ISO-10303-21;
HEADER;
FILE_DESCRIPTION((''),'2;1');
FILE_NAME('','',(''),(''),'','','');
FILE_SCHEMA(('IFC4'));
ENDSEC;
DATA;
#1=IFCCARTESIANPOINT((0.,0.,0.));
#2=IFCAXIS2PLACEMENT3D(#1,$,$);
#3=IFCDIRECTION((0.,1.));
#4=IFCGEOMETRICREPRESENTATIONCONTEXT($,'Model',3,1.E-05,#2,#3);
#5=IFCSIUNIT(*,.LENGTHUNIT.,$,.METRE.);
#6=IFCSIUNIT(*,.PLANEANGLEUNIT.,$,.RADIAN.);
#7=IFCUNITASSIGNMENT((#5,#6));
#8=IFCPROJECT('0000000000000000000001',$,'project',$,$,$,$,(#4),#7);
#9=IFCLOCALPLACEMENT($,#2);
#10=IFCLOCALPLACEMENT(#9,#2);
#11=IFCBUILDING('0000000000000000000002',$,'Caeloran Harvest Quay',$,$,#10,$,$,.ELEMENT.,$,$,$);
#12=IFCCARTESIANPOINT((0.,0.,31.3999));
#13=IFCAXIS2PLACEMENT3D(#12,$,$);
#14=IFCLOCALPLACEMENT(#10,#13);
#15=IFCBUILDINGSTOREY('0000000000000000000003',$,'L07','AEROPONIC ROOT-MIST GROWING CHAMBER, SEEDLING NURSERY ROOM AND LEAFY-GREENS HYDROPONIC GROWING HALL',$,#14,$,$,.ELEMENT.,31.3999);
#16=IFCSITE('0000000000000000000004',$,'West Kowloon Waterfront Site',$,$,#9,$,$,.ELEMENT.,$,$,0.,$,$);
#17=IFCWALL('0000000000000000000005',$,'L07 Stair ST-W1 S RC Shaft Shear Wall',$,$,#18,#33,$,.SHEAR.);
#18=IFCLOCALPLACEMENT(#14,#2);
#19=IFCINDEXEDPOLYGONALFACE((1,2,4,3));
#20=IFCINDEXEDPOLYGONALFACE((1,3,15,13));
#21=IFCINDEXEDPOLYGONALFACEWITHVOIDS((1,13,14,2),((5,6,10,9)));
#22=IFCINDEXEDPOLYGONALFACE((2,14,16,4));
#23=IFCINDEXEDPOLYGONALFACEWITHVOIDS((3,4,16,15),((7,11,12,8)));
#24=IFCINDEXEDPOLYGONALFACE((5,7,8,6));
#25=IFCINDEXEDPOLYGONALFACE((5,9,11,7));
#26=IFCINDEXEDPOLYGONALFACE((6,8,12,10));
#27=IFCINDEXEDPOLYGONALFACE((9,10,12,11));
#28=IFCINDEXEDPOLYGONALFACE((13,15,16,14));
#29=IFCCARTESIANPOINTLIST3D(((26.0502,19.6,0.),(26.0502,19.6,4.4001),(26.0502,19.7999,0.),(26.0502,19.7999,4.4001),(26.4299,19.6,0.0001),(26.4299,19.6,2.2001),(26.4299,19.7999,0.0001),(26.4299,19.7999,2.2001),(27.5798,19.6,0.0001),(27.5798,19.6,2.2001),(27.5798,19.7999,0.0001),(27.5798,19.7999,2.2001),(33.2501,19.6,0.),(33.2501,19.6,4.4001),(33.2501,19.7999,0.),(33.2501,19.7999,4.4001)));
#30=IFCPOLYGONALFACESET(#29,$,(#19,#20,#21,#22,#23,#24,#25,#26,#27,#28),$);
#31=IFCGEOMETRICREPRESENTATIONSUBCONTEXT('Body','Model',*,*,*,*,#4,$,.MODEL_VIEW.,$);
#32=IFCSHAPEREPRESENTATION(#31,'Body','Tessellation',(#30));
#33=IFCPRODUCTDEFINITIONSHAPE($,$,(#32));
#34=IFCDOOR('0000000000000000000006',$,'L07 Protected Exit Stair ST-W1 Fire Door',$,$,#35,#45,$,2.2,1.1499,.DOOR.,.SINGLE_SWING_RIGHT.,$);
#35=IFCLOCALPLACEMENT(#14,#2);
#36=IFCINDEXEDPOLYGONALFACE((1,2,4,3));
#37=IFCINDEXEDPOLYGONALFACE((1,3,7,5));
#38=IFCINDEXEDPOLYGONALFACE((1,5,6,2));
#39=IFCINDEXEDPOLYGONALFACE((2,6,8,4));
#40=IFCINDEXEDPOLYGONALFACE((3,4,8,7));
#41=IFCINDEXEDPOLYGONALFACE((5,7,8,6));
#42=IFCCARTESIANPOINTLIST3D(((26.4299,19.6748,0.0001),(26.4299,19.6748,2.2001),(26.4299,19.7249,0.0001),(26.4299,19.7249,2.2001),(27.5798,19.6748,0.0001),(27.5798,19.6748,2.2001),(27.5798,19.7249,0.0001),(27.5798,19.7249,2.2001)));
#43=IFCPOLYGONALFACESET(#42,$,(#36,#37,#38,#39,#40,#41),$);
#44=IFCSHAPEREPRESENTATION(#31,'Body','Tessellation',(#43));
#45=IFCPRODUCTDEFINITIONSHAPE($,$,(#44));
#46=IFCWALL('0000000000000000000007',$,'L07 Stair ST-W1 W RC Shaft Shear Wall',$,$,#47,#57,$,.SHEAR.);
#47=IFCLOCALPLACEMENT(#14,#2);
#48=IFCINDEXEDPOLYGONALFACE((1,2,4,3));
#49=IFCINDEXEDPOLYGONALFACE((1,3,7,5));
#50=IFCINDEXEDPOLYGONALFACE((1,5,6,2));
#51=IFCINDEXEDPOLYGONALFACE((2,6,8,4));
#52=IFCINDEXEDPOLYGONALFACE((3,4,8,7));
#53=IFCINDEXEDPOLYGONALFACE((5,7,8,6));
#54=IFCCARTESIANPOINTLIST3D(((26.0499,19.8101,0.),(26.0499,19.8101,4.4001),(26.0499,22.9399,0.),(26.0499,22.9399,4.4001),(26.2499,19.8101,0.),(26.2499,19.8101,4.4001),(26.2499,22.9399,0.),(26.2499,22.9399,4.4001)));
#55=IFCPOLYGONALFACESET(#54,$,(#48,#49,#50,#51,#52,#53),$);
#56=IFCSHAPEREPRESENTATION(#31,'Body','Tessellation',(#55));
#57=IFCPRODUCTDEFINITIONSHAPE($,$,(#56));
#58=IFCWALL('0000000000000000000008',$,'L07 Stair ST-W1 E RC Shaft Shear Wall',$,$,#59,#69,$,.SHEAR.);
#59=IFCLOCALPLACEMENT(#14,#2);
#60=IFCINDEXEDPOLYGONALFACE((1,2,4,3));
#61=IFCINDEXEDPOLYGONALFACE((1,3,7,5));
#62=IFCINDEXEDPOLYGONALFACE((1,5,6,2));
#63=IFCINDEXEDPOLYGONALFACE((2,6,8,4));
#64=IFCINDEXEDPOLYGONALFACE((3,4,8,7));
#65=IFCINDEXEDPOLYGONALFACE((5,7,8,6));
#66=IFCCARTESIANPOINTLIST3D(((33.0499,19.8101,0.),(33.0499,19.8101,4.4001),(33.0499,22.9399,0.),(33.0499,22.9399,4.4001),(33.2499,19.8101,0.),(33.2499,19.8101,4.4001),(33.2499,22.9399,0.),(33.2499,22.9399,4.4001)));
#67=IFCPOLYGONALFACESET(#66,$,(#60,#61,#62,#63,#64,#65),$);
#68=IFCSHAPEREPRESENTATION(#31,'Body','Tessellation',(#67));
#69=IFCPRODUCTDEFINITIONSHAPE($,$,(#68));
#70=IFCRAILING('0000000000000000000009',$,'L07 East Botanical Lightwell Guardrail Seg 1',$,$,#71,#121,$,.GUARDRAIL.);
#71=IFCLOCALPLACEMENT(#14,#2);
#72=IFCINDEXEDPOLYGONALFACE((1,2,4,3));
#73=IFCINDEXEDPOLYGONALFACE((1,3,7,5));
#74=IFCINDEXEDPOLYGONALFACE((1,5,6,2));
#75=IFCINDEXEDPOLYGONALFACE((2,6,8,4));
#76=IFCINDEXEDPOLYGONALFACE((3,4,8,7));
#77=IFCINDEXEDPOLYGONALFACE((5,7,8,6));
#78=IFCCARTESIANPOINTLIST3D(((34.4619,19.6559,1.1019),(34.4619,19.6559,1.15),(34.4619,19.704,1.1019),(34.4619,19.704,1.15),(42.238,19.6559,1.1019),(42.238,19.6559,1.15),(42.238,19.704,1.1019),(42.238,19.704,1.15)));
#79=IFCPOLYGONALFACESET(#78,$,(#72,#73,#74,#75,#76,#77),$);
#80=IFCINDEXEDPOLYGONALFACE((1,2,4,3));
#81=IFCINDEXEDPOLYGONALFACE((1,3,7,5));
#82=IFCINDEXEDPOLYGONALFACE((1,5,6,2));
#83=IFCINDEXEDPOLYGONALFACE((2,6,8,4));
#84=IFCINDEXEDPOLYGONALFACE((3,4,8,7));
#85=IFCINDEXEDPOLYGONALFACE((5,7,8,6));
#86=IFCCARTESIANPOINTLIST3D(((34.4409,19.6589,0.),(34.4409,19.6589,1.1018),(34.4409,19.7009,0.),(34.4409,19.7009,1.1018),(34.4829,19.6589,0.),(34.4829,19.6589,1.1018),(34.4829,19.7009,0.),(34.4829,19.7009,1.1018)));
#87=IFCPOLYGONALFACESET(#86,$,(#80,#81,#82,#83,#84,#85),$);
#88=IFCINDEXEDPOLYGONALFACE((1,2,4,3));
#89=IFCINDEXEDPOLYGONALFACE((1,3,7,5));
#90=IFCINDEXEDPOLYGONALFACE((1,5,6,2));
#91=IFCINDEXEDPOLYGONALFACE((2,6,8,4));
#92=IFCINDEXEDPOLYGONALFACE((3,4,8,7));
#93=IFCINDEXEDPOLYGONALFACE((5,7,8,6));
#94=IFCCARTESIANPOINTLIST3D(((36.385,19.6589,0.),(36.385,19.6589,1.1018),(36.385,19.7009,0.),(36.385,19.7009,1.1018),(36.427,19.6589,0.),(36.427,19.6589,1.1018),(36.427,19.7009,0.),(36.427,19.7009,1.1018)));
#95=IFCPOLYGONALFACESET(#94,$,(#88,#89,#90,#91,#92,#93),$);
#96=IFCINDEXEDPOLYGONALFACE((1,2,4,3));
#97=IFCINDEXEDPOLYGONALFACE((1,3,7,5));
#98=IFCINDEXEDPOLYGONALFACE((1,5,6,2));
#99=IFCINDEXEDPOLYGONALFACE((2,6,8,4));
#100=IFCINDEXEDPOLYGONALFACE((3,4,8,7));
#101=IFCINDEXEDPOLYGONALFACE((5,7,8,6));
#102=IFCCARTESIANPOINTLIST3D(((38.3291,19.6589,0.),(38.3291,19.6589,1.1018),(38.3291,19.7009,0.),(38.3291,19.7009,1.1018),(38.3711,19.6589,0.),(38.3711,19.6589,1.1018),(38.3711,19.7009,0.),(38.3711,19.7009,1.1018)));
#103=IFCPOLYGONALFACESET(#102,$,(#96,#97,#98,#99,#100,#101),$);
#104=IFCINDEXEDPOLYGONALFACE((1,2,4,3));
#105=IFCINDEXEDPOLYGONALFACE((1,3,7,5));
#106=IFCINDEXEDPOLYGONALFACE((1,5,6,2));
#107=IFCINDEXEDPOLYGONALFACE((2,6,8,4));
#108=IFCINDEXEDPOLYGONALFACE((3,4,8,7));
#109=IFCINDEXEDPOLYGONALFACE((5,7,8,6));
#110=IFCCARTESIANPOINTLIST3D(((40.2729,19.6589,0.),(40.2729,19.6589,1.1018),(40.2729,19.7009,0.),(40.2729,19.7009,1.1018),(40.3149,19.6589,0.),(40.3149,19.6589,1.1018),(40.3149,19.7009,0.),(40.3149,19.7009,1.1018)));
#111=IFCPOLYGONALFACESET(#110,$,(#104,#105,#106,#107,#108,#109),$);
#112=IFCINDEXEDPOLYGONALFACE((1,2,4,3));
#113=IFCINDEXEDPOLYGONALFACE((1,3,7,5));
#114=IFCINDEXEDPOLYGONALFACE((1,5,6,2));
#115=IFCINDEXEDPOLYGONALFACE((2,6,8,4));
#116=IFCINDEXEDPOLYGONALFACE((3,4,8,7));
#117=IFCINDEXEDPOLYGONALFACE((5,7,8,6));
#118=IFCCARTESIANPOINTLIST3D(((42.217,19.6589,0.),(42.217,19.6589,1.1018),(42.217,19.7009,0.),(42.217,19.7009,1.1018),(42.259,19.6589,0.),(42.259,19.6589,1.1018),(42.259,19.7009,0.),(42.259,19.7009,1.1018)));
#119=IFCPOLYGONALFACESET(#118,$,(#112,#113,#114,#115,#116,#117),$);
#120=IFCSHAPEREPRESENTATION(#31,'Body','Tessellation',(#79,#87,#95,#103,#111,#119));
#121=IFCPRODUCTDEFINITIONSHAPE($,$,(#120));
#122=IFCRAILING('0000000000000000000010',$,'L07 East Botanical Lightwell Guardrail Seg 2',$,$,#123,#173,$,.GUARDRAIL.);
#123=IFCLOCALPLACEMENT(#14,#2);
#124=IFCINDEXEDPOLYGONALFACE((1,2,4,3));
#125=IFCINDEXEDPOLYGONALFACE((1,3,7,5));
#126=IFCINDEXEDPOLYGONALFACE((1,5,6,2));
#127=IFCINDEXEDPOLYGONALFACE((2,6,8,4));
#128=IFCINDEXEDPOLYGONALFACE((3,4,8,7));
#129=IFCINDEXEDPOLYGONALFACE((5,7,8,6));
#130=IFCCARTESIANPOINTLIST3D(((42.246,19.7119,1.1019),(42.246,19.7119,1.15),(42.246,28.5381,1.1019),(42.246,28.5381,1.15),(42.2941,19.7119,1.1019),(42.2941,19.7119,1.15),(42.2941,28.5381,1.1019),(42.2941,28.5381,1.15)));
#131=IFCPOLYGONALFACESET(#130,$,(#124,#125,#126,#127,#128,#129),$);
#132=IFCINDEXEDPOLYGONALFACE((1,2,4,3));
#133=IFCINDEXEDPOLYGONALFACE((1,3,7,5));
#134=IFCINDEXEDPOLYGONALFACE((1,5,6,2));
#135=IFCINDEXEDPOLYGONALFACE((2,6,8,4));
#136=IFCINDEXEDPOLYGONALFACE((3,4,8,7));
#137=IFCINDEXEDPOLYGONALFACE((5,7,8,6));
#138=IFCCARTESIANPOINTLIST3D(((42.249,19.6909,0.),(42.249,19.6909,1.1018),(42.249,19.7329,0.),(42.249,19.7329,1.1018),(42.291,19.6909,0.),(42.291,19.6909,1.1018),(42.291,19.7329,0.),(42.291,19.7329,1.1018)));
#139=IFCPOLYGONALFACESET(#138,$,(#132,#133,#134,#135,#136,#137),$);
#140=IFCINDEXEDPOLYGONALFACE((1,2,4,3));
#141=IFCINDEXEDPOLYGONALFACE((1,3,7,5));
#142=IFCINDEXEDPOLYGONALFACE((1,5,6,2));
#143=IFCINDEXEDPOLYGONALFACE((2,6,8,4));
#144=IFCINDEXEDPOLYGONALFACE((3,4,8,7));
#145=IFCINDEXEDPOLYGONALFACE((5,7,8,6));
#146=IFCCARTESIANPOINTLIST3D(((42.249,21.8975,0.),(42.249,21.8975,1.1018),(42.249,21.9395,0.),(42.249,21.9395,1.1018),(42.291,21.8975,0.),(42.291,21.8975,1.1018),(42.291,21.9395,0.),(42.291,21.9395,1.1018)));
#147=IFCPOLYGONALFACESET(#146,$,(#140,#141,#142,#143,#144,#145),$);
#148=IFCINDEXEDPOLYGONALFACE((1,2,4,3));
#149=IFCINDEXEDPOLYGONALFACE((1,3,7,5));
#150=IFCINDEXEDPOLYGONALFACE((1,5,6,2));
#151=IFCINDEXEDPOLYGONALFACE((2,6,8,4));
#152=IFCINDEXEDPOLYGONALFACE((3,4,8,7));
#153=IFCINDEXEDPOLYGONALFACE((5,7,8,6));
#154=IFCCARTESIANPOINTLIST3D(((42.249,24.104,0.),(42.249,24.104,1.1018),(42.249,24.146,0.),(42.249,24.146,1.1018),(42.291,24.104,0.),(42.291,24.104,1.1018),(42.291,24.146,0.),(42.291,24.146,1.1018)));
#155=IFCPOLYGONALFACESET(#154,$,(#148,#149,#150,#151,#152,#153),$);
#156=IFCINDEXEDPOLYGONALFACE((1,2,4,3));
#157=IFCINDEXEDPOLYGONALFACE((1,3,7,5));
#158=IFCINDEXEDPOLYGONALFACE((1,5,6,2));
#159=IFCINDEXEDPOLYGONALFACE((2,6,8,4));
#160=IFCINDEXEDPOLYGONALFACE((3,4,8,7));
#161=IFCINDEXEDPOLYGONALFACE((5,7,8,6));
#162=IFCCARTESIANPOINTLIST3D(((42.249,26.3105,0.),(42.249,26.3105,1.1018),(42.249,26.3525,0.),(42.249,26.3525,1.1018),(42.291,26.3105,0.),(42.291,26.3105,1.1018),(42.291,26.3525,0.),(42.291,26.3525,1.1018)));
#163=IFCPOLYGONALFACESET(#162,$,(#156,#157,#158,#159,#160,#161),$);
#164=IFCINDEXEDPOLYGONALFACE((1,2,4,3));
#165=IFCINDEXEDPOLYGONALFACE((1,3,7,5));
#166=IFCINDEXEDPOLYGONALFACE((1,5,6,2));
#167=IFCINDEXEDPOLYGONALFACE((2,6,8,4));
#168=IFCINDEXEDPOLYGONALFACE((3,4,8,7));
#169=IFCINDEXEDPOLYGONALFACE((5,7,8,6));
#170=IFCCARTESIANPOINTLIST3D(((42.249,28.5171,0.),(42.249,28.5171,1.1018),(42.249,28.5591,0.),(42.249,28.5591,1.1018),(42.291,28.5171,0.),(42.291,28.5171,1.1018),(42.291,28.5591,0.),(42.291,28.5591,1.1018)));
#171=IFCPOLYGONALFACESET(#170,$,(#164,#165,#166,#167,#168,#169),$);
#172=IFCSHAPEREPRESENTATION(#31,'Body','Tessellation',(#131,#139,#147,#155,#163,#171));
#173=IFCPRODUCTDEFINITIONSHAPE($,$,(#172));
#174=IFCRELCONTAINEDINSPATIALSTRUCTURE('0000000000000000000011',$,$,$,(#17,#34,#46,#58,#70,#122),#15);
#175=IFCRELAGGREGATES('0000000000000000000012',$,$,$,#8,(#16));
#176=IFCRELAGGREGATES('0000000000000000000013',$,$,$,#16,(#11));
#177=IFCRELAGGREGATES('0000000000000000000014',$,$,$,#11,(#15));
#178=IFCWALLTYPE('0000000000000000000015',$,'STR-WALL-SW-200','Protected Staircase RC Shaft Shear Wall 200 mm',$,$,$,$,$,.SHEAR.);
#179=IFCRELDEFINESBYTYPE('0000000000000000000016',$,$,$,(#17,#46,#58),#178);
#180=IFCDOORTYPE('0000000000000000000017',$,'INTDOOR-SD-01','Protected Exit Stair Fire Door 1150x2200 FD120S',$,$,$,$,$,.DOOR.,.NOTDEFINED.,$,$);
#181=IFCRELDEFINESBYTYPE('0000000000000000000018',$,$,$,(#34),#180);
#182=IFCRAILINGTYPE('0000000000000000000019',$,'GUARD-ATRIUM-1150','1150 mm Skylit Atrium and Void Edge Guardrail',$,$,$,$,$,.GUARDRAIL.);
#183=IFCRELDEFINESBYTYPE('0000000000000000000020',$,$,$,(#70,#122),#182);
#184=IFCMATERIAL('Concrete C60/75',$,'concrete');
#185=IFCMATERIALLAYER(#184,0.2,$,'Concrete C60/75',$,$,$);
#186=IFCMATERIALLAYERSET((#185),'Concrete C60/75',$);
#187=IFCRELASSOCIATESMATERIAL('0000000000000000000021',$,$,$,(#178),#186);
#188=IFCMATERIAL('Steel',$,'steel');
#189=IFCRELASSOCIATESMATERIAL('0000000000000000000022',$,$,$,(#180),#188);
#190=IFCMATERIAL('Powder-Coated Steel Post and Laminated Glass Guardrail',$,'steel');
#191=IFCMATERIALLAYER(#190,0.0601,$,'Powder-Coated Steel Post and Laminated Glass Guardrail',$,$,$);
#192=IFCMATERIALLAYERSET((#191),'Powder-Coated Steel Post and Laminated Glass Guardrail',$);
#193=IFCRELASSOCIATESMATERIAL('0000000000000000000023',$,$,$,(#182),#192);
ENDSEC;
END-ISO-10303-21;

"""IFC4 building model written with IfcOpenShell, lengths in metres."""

from ifc_helpers import new_model, si_unit, direction, frame, frame_2d, origin, origin_2d, place, context, subcontext, project, spatial, rectangle, extrude, material, layer, layer_set, type_object, element, fill, save


model = new_model("IFC4")

# Units and contexts
model_context = context("Model", 3, precision=1e-05, world=origin(), true_north=direction((0.0, 1.0)))
body_context = subcontext(model_context, "Body", "Model", "MODEL_VIEW")
ifc_project = project(units=[si_unit("LENGTHUNIT", "METRE"), si_unit("PLANEANGLEUNIT", "RADIAN")], contexts=[model_context])

# Site, building, storey
site_placement = place(None, origin())
site = spatial("IfcSite", under=ifc_project, at=site_placement, Name="West Kowloon Waterfront Site", CompositionType="ELEMENT", RefElevation=0.0)
building_placement = place(site_placement, origin())
building = spatial("IfcBuilding", under=site, at=building_placement, Name="Caeloran Harvest Quay", CompositionType="ELEMENT")
storey_placement = place(building_placement, frame((0.0, 0.0, 31.3999)))
storey = spatial("IfcBuildingStorey", under=building, at=storey_placement, Name="L07", Description="AEROPONIC ROOT-MIST GROWING CHAMBER, SEEDLING NURSERY ROOM AND LEAFY-GREENS HYDROPONIC GROWING HALL", CompositionType="ELEMENT", Elevation=31.3999)

# Wall, opening, door
ifc_material_1 = material(Name="Concrete C60/75", Category="concrete")
ifc_layer_1 = layer(ifc_material_1, 0.2, Name="Concrete C60/75")
ifc_layer_set_1 = layer_set([ifc_layer_1], Name="Concrete C60/75")
wall_type_1 = type_object("IfcWallType", Name="STR-WALL-SW-200", Description="Protected Staircase RC Shaft Shear Wall 200 mm", PredefinedType="SHEAR", material=ifc_layer_set_1)
wall_1_placement = place(storey_placement, frame((26.05, 19.7, 0.0), z_axis=(0.0, 0.0, 1.0), x_axis=(1.0, 0.0, 0.0)))
wall_1 = element("IfcWall", 1, at=wall_1_placement, inside=storey, type_object=wall_type_1, Name="L07 Stair ST-W1 S RC Shaft Shear Wall", PredefinedType="SHEAR", context=body_context, shape_type="SweptSolid", body=[
    extrude(rectangle(XDim=7.2, YDim=0.2, at=frame_2d((3.6001, 0.0))), origin(), (0.0, 0.0, 1.0), 4.4001),
])
opening_1_placement = place(wall_1_placement, frame((0.3799, 0.0, 0.0)))
opening_1 = element("IfcOpeningElement", 2, at=opening_1_placement, cuts=wall_1, PredefinedType="OPENING", context=body_context, shape_type="SweptSolid", body=[
    extrude(rectangle(XDim=1.1499, YDim=2.2, at=frame_2d((0.575, 1.1001))), frame((0.0, 0.1099, 0.0), z_axis=(0.0, -1.0, 0.0), x_axis=(1.0, 0.0, 0.0)), (0.0, 0.0, 1.0), 0.22),
])
ifc_material_2 = material(Name="Steel", Category="steel")
door_type_1 = type_object("IfcDoorType", Name="INTDOOR-SD-01", Description="Protected Exit Stair Fire Door 1150x2200 FD120S", OperationType="NOTDEFINED", PredefinedType="DOOR", material=ifc_material_2)
door_1_placement = place(opening_1_placement, origin())
door_1 = element("IfcDoor", 3, at=door_1_placement, inside=storey, type_object=door_type_1, Name="L07 Protected Exit Stair ST-W1 Fire Door", OperationType="SINGLE_SWING_RIGHT", OverallHeight=2.2, OverallWidth=1.1499, PredefinedType="DOOR", context=body_context, shape_type="SweptSolid", body=[
    extrude(rectangle(XDim=1.1499, YDim=2.2, at=frame_2d((0.575, 1.1001))), frame((0.0, 0.0249, 0.0), z_axis=(0.0, -1.0, 0.0), x_axis=(1.0, 0.0, 0.0)), (0.0, 0.0, 1.0), 0.05),
])
fill(opening_1, door_1)

# Walls
for number, where, z_axis, x_axis, name in (
    (4, (26.1499, 19.8101, 0.0), (0.0, 0.0, 1.0), (0.0, 1.0, 0.0), "L07 Stair ST-W1 W RC Shaft Shear Wall"),
    (5, (33.1499, 19.8101, 0.0), (0.0, 0.0, 1.0), (0.0, 1.0, 0.0), "L07 Stair ST-W1 E RC Shaft Shear Wall"),
):
    element("IfcWall", number, at=place(storey_placement, frame(where, z_axis=z_axis, x_axis=x_axis)), inside=storey, type_object=wall_type_1, Name=name, PredefinedType="SHEAR", context=body_context, shape_type="SweptSolid", body=[
        extrude(rectangle(XDim=3.1299, YDim=0.2, at=frame_2d((1.5649, 0.0))), origin(), (0.0, 0.0, 1.0), 4.4001),
    ])

# Railings
ifc_material_3 = material(Name="Powder-Coated Steel Post and Laminated Glass Guardrail", Category="steel")
ifc_layer_2 = layer(ifc_material_3, 0.0601, Name="Powder-Coated Steel Post and Laminated Glass Guardrail")
ifc_layer_set_2 = layer_set([ifc_layer_2], Name="Powder-Coated Steel Post and Laminated Glass Guardrail")
railing_type = type_object("IfcRailingType", Name="GUARD-ATRIUM-1150", Description="1150 mm Skylit Atrium and Void Edge Guardrail", PredefinedType="GUARDRAIL", material=ifc_layer_set_2)
railing_1_placement = place(storey_placement, frame((34.4619, 19.6799, 0.0)))
element("IfcRailing", 6, at=railing_1_placement, inside=storey, type_object=railing_type, Name="L07 East Botanical Lightwell Guardrail Seg 1", PredefinedType="GUARDRAIL", context=body_context, shape_type="SweptSolid", body=[
    extrude(rectangle(XDim=0.0481, YDim=0.0481, at=origin_2d()), frame((0.0, 0.0, 1.126), z_axis=(1.0, 0.0, 0.0), x_axis=(0.0, 1.0, 0.0)), (0.0, 0.0, 1.0), 7.7761),
    extrude(rectangle(XDim=0.042, YDim=0.042, at=origin_2d()), origin(), (0.0, 0.0, 1.0), 1.1018),
    extrude(rectangle(XDim=0.042, YDim=0.042, at=origin_2d()), frame((1.9441, 0.0, 0.0)), (0.0, 0.0, 1.0), 1.1018),
    extrude(rectangle(XDim=0.042, YDim=0.042, at=origin_2d()), frame((3.8882, 0.0, 0.0)), (0.0, 0.0, 1.0), 1.1018),
    extrude(rectangle(XDim=0.042, YDim=0.042, at=origin_2d()), frame((5.832, 0.0, 0.0)), (0.0, 0.0, 1.0), 1.1018),
    extrude(rectangle(XDim=0.042, YDim=0.042, at=origin_2d()), frame((7.7761, 0.0, 0.0)), (0.0, 0.0, 1.0), 1.1018),
])
railing_2_placement = place(storey_placement, frame((42.27, 19.7119, 0.0)))
element("IfcRailing", 7, at=railing_2_placement, inside=storey, type_object=railing_type, Name="L07 East Botanical Lightwell Guardrail Seg 2", PredefinedType="GUARDRAIL", context=body_context, shape_type="SweptSolid", body=[
    extrude(rectangle(XDim=0.0481, YDim=0.0481, at=origin_2d()), frame((0.0, 0.0, 1.126), z_axis=(0.0, 1.0, 0.0), x_axis=(-1.0, 0.0, 0.0)), (0.0, 0.0, 1.0), 8.8262),
    extrude(rectangle(XDim=0.042, YDim=0.042, at=origin_2d()), origin(), (0.0, 0.0, 1.0), 1.1018),
    extrude(rectangle(XDim=0.042, YDim=0.042, at=origin_2d()), frame((0.0, 2.2065, 0.0)), (0.0, 0.0, 1.0), 1.1018),
    extrude(rectangle(XDim=0.042, YDim=0.042, at=origin_2d()), frame((0.0, 4.4131, 0.0)), (0.0, 0.0, 1.0), 1.1018),
    extrude(rectangle(XDim=0.042, YDim=0.042, at=origin_2d()), frame((0.0, 6.6196, 0.0)), (0.0, 0.0, 1.0), 1.1018),
    extrude(rectangle(XDim=0.042, YDim=0.042, at=origin_2d()), frame((0.0, 8.8262, 0.0)), (0.0, 0.0, 1.0), 1.1018),
])

save(model, "model.ifc")
